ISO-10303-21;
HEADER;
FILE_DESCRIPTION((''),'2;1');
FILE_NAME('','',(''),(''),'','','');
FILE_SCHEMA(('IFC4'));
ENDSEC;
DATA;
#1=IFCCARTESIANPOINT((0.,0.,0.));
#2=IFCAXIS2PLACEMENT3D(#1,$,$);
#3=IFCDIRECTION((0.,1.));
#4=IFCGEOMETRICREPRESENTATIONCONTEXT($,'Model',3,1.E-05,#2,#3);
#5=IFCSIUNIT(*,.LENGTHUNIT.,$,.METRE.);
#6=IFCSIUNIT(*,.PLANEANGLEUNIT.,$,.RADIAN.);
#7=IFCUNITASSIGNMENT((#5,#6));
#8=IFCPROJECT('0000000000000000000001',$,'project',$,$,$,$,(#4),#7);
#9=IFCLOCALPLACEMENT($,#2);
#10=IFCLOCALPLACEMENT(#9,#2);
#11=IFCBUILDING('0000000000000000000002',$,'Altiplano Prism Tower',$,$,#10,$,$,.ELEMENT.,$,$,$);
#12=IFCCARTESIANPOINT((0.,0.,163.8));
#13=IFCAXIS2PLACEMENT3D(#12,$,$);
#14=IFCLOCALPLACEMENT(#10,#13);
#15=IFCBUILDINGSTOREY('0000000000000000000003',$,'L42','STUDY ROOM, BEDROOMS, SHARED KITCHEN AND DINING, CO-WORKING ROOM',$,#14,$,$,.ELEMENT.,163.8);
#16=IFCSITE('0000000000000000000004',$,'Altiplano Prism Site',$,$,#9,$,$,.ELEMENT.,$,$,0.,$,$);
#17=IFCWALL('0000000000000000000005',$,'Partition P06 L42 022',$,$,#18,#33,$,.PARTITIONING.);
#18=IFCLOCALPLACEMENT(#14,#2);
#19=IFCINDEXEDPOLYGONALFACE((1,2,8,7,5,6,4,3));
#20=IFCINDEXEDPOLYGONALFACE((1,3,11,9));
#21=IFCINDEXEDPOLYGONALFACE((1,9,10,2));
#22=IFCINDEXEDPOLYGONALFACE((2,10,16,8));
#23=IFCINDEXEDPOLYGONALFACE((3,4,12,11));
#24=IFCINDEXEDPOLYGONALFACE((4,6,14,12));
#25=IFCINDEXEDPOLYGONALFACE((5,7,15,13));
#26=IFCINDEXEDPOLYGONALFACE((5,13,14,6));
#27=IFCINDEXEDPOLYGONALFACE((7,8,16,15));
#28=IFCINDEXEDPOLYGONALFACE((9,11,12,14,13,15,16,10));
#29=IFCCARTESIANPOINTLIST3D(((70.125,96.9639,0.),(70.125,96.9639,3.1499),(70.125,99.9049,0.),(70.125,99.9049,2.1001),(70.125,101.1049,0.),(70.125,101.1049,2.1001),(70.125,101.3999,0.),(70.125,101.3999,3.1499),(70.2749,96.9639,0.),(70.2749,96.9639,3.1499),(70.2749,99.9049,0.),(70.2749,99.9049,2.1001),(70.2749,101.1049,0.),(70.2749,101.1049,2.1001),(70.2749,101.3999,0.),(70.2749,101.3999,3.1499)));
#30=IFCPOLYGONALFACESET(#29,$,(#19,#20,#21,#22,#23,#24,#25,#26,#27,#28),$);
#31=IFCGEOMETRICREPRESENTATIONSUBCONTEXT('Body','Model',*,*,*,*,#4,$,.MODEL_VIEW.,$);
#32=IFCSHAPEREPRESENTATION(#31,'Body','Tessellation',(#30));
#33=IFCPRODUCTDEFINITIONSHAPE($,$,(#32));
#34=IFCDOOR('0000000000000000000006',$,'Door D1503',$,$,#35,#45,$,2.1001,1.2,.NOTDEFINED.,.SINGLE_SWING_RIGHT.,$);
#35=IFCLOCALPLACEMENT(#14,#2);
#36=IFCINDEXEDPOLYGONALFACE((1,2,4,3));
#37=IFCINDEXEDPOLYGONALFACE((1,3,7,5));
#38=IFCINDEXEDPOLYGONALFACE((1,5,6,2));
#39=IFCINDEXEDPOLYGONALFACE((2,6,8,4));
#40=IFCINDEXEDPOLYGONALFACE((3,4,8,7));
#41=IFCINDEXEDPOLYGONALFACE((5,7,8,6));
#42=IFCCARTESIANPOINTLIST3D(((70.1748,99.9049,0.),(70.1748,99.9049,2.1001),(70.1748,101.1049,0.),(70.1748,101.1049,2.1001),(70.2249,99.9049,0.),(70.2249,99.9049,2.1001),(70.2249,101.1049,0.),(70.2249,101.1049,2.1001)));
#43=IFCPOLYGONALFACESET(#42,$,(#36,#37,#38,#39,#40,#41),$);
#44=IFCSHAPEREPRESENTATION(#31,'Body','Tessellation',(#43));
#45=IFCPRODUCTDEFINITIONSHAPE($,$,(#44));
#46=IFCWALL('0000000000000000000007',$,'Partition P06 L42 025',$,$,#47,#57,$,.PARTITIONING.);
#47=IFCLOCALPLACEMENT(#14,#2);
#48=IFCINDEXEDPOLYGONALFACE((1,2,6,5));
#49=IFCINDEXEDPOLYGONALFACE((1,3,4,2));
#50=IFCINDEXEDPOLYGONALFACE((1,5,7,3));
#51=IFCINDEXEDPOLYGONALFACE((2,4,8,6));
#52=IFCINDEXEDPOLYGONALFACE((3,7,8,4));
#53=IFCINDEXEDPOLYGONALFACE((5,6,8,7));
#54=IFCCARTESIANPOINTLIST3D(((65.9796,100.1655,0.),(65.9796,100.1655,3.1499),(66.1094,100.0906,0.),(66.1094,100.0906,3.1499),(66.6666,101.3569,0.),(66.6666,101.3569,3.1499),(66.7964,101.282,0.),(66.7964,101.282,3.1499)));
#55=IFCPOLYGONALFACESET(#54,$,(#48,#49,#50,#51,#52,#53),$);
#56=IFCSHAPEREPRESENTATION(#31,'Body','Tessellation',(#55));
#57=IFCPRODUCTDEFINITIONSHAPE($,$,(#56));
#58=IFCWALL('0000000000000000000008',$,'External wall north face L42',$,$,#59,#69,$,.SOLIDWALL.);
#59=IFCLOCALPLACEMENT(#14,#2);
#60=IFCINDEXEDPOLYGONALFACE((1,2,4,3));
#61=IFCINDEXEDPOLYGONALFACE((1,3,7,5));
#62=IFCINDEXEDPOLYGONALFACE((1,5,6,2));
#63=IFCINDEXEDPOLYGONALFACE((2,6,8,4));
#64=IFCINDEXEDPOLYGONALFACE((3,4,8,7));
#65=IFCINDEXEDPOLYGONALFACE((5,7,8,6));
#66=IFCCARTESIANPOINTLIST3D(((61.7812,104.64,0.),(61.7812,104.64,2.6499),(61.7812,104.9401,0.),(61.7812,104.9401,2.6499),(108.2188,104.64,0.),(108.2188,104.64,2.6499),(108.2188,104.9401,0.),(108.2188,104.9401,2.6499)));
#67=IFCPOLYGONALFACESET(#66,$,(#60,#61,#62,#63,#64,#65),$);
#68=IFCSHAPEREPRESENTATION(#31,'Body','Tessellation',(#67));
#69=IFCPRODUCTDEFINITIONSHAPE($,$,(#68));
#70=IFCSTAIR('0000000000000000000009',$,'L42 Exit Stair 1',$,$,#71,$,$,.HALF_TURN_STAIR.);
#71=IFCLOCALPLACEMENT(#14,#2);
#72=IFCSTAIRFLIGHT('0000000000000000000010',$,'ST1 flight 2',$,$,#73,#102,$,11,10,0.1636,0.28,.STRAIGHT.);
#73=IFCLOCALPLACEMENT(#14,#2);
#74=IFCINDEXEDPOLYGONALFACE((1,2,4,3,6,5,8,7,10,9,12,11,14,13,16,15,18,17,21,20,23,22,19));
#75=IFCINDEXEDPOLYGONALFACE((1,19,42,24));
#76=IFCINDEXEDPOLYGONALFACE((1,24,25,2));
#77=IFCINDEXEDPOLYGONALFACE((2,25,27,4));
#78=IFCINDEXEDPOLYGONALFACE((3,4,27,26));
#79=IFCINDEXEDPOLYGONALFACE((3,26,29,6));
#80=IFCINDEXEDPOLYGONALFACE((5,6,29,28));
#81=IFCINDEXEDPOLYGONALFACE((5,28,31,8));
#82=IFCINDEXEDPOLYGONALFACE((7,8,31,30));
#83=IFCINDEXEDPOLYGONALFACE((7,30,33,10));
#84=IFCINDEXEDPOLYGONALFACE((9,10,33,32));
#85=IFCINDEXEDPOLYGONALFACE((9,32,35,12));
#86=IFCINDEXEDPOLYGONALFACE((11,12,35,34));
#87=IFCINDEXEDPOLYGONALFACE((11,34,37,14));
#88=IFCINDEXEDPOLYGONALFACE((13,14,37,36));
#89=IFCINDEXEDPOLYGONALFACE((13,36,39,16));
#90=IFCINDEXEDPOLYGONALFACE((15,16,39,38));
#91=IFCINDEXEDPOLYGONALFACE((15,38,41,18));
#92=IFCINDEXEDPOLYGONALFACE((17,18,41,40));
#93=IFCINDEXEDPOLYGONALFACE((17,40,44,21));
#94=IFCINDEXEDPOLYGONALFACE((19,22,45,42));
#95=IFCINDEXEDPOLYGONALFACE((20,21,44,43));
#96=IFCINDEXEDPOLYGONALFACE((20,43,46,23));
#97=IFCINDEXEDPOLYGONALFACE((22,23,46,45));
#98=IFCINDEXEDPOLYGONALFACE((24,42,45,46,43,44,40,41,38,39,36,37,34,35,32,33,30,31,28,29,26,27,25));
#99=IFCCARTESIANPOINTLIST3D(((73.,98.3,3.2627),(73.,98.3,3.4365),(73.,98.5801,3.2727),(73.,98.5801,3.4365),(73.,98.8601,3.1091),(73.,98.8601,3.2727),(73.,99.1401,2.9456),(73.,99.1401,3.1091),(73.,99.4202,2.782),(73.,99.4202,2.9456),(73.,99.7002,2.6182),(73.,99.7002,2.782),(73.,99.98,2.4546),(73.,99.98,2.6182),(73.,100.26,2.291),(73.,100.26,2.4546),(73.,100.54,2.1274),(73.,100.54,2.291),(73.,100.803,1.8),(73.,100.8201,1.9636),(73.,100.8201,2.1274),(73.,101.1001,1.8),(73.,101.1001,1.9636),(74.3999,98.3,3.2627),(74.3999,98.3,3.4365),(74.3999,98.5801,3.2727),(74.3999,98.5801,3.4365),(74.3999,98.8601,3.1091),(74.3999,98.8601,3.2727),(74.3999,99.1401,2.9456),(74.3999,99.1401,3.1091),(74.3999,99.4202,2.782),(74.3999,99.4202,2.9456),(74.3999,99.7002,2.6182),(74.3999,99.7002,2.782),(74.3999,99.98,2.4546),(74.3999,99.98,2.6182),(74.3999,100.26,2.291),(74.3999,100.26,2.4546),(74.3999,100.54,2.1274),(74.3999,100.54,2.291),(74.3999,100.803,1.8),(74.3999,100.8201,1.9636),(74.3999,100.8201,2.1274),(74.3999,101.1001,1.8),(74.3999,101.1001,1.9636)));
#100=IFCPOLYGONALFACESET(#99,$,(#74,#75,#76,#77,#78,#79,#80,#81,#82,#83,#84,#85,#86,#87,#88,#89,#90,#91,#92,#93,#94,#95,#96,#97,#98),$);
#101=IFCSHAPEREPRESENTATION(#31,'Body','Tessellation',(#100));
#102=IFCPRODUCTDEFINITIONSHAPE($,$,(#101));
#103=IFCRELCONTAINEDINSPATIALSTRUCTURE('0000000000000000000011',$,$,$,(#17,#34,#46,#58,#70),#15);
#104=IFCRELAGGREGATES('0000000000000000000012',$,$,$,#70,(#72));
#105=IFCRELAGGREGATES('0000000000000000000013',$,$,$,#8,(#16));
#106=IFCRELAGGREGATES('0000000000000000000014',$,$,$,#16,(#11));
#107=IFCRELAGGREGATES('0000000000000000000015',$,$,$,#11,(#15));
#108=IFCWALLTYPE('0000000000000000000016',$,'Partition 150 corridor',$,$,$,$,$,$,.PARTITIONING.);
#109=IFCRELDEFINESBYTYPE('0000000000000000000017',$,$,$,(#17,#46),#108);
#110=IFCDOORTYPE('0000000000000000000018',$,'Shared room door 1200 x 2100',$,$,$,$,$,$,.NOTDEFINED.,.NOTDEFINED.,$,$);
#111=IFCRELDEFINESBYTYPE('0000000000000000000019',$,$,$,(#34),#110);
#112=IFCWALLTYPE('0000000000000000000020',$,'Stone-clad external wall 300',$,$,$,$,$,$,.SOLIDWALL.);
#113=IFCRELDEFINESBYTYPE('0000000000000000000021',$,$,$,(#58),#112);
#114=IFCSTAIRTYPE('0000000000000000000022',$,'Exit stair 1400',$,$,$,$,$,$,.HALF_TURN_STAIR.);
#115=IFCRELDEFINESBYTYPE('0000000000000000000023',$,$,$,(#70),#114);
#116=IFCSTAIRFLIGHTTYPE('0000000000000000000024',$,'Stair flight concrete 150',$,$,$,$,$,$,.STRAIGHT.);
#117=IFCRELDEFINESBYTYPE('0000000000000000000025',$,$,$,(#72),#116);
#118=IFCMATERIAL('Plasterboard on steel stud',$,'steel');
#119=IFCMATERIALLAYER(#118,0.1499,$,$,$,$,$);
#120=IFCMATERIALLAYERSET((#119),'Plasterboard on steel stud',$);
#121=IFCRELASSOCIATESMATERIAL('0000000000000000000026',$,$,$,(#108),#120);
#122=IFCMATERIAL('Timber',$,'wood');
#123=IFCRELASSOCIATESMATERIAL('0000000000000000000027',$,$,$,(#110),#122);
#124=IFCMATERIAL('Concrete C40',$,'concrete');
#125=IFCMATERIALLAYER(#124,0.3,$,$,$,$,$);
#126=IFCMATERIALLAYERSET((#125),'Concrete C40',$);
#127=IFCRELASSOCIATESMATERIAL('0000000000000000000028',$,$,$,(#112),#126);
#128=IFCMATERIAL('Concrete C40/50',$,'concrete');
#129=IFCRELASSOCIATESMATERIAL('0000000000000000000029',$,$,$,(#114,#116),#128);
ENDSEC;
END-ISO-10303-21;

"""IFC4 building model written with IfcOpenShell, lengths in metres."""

from ifc_helpers import new_model, si_unit, direction, frame, frame_2d, origin, place, context, subcontext, project, spatial, polyline, rectangle, outline, extrude, material, layer, layer_set, type_object, element, fill, aggregate, save


model = new_model("IFC4")

# Units and contexts
model_context = context("Model", 3, precision=1e-05, world=origin(), true_north=direction((0.0, 1.0)))
body_context = subcontext(model_context, "Body", "Model", "MODEL_VIEW")
ifc_project = project(units=[si_unit("LENGTHUNIT", "METRE"), si_unit("PLANEANGLEUNIT", "RADIAN")], contexts=[model_context])

# Site, building, storey
site_placement = place(None, origin())
site = spatial("IfcSite", under=ifc_project, at=site_placement, Name="Altiplano Prism Site", CompositionType="ELEMENT", RefElevation=0.0)
building_placement = place(site_placement, origin())
building = spatial("IfcBuilding", under=site, at=building_placement, Name="Altiplano Prism Tower", CompositionType="ELEMENT")
storey_placement = place(building_placement, frame((0.0, 0.0, 163.8)))
storey = spatial("IfcBuildingStorey", under=building, at=storey_placement, Name="L42", Description="STUDY ROOM, BEDROOMS, SHARED KITCHEN AND DINING, CO-WORKING ROOM", CompositionType="ELEMENT", Elevation=163.8)

# Shared definitions
ifc_material_1 = material(Name="Plasterboard on steel stud", Category="steel")
ifc_layer_1 = layer(ifc_material_1, 0.1499)
ifc_layer_set_1 = layer_set([ifc_layer_1], Name="Plasterboard on steel stud")
wall_type_1 = type_object("IfcWallType", Name="Partition 150 corridor", PredefinedType="PARTITIONING", material=ifc_layer_set_1)

# Wall, opening, door
wall_1_placement = place(storey_placement, frame((70.2, 101.3999, 0.0), z_axis=(0.0, 0.0, 1.0), x_axis=(0.0, -1.0, 0.0)))
wall_1 = element("IfcWall", 1, at=wall_1_placement, inside=storey, type_object=wall_type_1, Name="Partition P06 L42 022", PredefinedType="PARTITIONING", context=body_context, shape_type="SweptSolid", body=[
    extrude(rectangle(XDim=4.436, YDim=0.1499, at=frame_2d((2.218, 0.0))), origin(), (0.0, 0.0, 1.0), 3.1499),
])
opening_placement = place(wall_1_placement, frame((0.2949, 0.0, 0.0)))
opening = element("IfcOpeningElement", 2, at=opening_placement, cuts=wall_1, PredefinedType="OPENING", context=body_context, shape_type="SweptSolid", body=[
    extrude(rectangle(XDim=1.2, YDim=2.1001, at=frame_2d((0.6001, 1.05))), frame((0.0, 0.0854, 0.0), z_axis=(0.0, -1.0, 0.0), x_axis=(1.0, 0.0, 0.0)), (0.0, 0.0, 1.0), 0.1709),
])
ifc_material_2 = material(Name="Timber", Category="wood")
door_type = type_object("IfcDoorType", Name="Shared room door 1200 x 2100", OperationType="NOTDEFINED", PredefinedType="NOTDEFINED", material=ifc_material_2)
door_placement = place(opening_placement, origin())
door = element("IfcDoor", 3, at=door_placement, inside=storey, type_object=door_type, Name="Door D1503", OperationType="SINGLE_SWING_RIGHT", OverallHeight=2.1001, OverallWidth=1.2, PredefinedType="NOTDEFINED", context=body_context, shape_type="SweptSolid", body=[
    extrude(rectangle(XDim=1.2, YDim=2.1001, at=frame_2d((0.6001, 1.05))), frame((0.0, 0.0249, 0.0), z_axis=(0.0, -1.0, 0.0), x_axis=(1.0, 0.0, 0.0)), (0.0, 0.0, 1.0), 0.05),
])
fill(opening, door)

# Walls
wall_2_placement = place(storey_placement, frame((66.7314, 101.3193, 0.0), z_axis=(0.0, 0.0, 1.0), x_axis=(-0.499538, -0.866292, 0.0)))
element("IfcWall", 4, at=wall_2_placement, inside=storey, type_object=wall_type_1, Name="Partition P06 L42 025", PredefinedType="PARTITIONING", context=body_context, shape_type="SweptSolid", body=[
    extrude(rectangle(XDim=1.3752, YDim=0.1499, at=frame_2d((0.6875, 0.0))), origin(), (0.0, 0.0, 1.0), 3.1499),
])
ifc_material_3 = material(Name="Concrete C40", Category="concrete")
ifc_layer_2 = layer(ifc_material_3, 0.3)
ifc_layer_set_2 = layer_set([ifc_layer_2], Name="Concrete C40")
wall_type_2 = type_object("IfcWallType", Name="Stone-clad external wall 300", PredefinedType="SOLIDWALL", material=ifc_layer_set_2)
wall_3_placement = place(storey_placement, frame((61.7812, 104.79, 0.0), z_axis=(0.0, 0.0, 1.0), x_axis=(1.0, 0.0, 0.0)))
element("IfcWall", 5, at=wall_3_placement, inside=storey, type_object=wall_type_2, Name="External wall north face L42", PredefinedType="SOLIDWALL", context=body_context, shape_type="SweptSolid", body=[
    extrude(rectangle(XDim=46.4375, YDim=0.3, at=frame_2d((23.2188, 0.0))), origin(), (0.0, 0.0, 1.0), 2.6499),
])

# Stair, stair flight
ifc_material_4 = material(Name="Concrete C40/50", Category="concrete")
stair_type = type_object("IfcStairType", Name="Exit stair 1400", PredefinedType="HALF_TURN_STAIR", material=ifc_material_4)
stair_placement = place(storey_placement, origin())
stair = element("IfcStair", 6, at=stair_placement, inside=storey, type_object=stair_type, Name="L42 Exit Stair 1", PredefinedType="HALF_TURN_STAIR")
stair_flight_type = type_object("IfcStairFlightType", Name="Stair flight concrete 150", PredefinedType="STRAIGHT", material=ifc_material_4)
stair_flight_placement = place(storey_placement, frame((73.7, 101.1001, 1.8), z_axis=(0.0, 0.0, 1.0), x_axis=(0.0, -1.0, 0.0)))
stair_flight = element("IfcStairFlight", 7, at=stair_flight_placement, type_object=stair_flight_type, Name="ST1 flight 2", NumberOfRisers=11, NumberOfTreads=10, PredefinedType="STRAIGHT", RiserHeight=0.1636, TreadLength=0.28, context=body_context, shape_type="SweptSolid", body=[
    extrude(outline(polyline([(0.0, 0.0), (0.0, 0.1636), (0.28, 0.1636), (0.28, 0.3274), (0.5601, 0.3274), (0.5601, 0.491), (0.8401, 0.491), (0.8401, 0.6545), (1.1201, 0.6545), (1.1201, 0.8181), (1.3999, 0.8181), (1.3999, 0.9819), (1.6799, 0.9819), (1.6799, 1.1455), (1.96, 1.1455), (1.96, 1.3091), (2.24, 1.3091), (2.24, 1.4727), (2.52, 1.4727), (2.52, 1.6365), (2.8, 1.6365), (2.8, 1.8), (2.8, 1.4626), (0.2971, 0.0), (0.0, 0.0)])), frame((0.0, 0.7, 0.0), z_axis=(0.0, -1.0, 0.0), x_axis=(1.0, 0.0, 0.0)), (0.0, 0.0, 1.0), 1.3999),
])
aggregate(stair, [stair_flight])

save(model, "model.ifc")
